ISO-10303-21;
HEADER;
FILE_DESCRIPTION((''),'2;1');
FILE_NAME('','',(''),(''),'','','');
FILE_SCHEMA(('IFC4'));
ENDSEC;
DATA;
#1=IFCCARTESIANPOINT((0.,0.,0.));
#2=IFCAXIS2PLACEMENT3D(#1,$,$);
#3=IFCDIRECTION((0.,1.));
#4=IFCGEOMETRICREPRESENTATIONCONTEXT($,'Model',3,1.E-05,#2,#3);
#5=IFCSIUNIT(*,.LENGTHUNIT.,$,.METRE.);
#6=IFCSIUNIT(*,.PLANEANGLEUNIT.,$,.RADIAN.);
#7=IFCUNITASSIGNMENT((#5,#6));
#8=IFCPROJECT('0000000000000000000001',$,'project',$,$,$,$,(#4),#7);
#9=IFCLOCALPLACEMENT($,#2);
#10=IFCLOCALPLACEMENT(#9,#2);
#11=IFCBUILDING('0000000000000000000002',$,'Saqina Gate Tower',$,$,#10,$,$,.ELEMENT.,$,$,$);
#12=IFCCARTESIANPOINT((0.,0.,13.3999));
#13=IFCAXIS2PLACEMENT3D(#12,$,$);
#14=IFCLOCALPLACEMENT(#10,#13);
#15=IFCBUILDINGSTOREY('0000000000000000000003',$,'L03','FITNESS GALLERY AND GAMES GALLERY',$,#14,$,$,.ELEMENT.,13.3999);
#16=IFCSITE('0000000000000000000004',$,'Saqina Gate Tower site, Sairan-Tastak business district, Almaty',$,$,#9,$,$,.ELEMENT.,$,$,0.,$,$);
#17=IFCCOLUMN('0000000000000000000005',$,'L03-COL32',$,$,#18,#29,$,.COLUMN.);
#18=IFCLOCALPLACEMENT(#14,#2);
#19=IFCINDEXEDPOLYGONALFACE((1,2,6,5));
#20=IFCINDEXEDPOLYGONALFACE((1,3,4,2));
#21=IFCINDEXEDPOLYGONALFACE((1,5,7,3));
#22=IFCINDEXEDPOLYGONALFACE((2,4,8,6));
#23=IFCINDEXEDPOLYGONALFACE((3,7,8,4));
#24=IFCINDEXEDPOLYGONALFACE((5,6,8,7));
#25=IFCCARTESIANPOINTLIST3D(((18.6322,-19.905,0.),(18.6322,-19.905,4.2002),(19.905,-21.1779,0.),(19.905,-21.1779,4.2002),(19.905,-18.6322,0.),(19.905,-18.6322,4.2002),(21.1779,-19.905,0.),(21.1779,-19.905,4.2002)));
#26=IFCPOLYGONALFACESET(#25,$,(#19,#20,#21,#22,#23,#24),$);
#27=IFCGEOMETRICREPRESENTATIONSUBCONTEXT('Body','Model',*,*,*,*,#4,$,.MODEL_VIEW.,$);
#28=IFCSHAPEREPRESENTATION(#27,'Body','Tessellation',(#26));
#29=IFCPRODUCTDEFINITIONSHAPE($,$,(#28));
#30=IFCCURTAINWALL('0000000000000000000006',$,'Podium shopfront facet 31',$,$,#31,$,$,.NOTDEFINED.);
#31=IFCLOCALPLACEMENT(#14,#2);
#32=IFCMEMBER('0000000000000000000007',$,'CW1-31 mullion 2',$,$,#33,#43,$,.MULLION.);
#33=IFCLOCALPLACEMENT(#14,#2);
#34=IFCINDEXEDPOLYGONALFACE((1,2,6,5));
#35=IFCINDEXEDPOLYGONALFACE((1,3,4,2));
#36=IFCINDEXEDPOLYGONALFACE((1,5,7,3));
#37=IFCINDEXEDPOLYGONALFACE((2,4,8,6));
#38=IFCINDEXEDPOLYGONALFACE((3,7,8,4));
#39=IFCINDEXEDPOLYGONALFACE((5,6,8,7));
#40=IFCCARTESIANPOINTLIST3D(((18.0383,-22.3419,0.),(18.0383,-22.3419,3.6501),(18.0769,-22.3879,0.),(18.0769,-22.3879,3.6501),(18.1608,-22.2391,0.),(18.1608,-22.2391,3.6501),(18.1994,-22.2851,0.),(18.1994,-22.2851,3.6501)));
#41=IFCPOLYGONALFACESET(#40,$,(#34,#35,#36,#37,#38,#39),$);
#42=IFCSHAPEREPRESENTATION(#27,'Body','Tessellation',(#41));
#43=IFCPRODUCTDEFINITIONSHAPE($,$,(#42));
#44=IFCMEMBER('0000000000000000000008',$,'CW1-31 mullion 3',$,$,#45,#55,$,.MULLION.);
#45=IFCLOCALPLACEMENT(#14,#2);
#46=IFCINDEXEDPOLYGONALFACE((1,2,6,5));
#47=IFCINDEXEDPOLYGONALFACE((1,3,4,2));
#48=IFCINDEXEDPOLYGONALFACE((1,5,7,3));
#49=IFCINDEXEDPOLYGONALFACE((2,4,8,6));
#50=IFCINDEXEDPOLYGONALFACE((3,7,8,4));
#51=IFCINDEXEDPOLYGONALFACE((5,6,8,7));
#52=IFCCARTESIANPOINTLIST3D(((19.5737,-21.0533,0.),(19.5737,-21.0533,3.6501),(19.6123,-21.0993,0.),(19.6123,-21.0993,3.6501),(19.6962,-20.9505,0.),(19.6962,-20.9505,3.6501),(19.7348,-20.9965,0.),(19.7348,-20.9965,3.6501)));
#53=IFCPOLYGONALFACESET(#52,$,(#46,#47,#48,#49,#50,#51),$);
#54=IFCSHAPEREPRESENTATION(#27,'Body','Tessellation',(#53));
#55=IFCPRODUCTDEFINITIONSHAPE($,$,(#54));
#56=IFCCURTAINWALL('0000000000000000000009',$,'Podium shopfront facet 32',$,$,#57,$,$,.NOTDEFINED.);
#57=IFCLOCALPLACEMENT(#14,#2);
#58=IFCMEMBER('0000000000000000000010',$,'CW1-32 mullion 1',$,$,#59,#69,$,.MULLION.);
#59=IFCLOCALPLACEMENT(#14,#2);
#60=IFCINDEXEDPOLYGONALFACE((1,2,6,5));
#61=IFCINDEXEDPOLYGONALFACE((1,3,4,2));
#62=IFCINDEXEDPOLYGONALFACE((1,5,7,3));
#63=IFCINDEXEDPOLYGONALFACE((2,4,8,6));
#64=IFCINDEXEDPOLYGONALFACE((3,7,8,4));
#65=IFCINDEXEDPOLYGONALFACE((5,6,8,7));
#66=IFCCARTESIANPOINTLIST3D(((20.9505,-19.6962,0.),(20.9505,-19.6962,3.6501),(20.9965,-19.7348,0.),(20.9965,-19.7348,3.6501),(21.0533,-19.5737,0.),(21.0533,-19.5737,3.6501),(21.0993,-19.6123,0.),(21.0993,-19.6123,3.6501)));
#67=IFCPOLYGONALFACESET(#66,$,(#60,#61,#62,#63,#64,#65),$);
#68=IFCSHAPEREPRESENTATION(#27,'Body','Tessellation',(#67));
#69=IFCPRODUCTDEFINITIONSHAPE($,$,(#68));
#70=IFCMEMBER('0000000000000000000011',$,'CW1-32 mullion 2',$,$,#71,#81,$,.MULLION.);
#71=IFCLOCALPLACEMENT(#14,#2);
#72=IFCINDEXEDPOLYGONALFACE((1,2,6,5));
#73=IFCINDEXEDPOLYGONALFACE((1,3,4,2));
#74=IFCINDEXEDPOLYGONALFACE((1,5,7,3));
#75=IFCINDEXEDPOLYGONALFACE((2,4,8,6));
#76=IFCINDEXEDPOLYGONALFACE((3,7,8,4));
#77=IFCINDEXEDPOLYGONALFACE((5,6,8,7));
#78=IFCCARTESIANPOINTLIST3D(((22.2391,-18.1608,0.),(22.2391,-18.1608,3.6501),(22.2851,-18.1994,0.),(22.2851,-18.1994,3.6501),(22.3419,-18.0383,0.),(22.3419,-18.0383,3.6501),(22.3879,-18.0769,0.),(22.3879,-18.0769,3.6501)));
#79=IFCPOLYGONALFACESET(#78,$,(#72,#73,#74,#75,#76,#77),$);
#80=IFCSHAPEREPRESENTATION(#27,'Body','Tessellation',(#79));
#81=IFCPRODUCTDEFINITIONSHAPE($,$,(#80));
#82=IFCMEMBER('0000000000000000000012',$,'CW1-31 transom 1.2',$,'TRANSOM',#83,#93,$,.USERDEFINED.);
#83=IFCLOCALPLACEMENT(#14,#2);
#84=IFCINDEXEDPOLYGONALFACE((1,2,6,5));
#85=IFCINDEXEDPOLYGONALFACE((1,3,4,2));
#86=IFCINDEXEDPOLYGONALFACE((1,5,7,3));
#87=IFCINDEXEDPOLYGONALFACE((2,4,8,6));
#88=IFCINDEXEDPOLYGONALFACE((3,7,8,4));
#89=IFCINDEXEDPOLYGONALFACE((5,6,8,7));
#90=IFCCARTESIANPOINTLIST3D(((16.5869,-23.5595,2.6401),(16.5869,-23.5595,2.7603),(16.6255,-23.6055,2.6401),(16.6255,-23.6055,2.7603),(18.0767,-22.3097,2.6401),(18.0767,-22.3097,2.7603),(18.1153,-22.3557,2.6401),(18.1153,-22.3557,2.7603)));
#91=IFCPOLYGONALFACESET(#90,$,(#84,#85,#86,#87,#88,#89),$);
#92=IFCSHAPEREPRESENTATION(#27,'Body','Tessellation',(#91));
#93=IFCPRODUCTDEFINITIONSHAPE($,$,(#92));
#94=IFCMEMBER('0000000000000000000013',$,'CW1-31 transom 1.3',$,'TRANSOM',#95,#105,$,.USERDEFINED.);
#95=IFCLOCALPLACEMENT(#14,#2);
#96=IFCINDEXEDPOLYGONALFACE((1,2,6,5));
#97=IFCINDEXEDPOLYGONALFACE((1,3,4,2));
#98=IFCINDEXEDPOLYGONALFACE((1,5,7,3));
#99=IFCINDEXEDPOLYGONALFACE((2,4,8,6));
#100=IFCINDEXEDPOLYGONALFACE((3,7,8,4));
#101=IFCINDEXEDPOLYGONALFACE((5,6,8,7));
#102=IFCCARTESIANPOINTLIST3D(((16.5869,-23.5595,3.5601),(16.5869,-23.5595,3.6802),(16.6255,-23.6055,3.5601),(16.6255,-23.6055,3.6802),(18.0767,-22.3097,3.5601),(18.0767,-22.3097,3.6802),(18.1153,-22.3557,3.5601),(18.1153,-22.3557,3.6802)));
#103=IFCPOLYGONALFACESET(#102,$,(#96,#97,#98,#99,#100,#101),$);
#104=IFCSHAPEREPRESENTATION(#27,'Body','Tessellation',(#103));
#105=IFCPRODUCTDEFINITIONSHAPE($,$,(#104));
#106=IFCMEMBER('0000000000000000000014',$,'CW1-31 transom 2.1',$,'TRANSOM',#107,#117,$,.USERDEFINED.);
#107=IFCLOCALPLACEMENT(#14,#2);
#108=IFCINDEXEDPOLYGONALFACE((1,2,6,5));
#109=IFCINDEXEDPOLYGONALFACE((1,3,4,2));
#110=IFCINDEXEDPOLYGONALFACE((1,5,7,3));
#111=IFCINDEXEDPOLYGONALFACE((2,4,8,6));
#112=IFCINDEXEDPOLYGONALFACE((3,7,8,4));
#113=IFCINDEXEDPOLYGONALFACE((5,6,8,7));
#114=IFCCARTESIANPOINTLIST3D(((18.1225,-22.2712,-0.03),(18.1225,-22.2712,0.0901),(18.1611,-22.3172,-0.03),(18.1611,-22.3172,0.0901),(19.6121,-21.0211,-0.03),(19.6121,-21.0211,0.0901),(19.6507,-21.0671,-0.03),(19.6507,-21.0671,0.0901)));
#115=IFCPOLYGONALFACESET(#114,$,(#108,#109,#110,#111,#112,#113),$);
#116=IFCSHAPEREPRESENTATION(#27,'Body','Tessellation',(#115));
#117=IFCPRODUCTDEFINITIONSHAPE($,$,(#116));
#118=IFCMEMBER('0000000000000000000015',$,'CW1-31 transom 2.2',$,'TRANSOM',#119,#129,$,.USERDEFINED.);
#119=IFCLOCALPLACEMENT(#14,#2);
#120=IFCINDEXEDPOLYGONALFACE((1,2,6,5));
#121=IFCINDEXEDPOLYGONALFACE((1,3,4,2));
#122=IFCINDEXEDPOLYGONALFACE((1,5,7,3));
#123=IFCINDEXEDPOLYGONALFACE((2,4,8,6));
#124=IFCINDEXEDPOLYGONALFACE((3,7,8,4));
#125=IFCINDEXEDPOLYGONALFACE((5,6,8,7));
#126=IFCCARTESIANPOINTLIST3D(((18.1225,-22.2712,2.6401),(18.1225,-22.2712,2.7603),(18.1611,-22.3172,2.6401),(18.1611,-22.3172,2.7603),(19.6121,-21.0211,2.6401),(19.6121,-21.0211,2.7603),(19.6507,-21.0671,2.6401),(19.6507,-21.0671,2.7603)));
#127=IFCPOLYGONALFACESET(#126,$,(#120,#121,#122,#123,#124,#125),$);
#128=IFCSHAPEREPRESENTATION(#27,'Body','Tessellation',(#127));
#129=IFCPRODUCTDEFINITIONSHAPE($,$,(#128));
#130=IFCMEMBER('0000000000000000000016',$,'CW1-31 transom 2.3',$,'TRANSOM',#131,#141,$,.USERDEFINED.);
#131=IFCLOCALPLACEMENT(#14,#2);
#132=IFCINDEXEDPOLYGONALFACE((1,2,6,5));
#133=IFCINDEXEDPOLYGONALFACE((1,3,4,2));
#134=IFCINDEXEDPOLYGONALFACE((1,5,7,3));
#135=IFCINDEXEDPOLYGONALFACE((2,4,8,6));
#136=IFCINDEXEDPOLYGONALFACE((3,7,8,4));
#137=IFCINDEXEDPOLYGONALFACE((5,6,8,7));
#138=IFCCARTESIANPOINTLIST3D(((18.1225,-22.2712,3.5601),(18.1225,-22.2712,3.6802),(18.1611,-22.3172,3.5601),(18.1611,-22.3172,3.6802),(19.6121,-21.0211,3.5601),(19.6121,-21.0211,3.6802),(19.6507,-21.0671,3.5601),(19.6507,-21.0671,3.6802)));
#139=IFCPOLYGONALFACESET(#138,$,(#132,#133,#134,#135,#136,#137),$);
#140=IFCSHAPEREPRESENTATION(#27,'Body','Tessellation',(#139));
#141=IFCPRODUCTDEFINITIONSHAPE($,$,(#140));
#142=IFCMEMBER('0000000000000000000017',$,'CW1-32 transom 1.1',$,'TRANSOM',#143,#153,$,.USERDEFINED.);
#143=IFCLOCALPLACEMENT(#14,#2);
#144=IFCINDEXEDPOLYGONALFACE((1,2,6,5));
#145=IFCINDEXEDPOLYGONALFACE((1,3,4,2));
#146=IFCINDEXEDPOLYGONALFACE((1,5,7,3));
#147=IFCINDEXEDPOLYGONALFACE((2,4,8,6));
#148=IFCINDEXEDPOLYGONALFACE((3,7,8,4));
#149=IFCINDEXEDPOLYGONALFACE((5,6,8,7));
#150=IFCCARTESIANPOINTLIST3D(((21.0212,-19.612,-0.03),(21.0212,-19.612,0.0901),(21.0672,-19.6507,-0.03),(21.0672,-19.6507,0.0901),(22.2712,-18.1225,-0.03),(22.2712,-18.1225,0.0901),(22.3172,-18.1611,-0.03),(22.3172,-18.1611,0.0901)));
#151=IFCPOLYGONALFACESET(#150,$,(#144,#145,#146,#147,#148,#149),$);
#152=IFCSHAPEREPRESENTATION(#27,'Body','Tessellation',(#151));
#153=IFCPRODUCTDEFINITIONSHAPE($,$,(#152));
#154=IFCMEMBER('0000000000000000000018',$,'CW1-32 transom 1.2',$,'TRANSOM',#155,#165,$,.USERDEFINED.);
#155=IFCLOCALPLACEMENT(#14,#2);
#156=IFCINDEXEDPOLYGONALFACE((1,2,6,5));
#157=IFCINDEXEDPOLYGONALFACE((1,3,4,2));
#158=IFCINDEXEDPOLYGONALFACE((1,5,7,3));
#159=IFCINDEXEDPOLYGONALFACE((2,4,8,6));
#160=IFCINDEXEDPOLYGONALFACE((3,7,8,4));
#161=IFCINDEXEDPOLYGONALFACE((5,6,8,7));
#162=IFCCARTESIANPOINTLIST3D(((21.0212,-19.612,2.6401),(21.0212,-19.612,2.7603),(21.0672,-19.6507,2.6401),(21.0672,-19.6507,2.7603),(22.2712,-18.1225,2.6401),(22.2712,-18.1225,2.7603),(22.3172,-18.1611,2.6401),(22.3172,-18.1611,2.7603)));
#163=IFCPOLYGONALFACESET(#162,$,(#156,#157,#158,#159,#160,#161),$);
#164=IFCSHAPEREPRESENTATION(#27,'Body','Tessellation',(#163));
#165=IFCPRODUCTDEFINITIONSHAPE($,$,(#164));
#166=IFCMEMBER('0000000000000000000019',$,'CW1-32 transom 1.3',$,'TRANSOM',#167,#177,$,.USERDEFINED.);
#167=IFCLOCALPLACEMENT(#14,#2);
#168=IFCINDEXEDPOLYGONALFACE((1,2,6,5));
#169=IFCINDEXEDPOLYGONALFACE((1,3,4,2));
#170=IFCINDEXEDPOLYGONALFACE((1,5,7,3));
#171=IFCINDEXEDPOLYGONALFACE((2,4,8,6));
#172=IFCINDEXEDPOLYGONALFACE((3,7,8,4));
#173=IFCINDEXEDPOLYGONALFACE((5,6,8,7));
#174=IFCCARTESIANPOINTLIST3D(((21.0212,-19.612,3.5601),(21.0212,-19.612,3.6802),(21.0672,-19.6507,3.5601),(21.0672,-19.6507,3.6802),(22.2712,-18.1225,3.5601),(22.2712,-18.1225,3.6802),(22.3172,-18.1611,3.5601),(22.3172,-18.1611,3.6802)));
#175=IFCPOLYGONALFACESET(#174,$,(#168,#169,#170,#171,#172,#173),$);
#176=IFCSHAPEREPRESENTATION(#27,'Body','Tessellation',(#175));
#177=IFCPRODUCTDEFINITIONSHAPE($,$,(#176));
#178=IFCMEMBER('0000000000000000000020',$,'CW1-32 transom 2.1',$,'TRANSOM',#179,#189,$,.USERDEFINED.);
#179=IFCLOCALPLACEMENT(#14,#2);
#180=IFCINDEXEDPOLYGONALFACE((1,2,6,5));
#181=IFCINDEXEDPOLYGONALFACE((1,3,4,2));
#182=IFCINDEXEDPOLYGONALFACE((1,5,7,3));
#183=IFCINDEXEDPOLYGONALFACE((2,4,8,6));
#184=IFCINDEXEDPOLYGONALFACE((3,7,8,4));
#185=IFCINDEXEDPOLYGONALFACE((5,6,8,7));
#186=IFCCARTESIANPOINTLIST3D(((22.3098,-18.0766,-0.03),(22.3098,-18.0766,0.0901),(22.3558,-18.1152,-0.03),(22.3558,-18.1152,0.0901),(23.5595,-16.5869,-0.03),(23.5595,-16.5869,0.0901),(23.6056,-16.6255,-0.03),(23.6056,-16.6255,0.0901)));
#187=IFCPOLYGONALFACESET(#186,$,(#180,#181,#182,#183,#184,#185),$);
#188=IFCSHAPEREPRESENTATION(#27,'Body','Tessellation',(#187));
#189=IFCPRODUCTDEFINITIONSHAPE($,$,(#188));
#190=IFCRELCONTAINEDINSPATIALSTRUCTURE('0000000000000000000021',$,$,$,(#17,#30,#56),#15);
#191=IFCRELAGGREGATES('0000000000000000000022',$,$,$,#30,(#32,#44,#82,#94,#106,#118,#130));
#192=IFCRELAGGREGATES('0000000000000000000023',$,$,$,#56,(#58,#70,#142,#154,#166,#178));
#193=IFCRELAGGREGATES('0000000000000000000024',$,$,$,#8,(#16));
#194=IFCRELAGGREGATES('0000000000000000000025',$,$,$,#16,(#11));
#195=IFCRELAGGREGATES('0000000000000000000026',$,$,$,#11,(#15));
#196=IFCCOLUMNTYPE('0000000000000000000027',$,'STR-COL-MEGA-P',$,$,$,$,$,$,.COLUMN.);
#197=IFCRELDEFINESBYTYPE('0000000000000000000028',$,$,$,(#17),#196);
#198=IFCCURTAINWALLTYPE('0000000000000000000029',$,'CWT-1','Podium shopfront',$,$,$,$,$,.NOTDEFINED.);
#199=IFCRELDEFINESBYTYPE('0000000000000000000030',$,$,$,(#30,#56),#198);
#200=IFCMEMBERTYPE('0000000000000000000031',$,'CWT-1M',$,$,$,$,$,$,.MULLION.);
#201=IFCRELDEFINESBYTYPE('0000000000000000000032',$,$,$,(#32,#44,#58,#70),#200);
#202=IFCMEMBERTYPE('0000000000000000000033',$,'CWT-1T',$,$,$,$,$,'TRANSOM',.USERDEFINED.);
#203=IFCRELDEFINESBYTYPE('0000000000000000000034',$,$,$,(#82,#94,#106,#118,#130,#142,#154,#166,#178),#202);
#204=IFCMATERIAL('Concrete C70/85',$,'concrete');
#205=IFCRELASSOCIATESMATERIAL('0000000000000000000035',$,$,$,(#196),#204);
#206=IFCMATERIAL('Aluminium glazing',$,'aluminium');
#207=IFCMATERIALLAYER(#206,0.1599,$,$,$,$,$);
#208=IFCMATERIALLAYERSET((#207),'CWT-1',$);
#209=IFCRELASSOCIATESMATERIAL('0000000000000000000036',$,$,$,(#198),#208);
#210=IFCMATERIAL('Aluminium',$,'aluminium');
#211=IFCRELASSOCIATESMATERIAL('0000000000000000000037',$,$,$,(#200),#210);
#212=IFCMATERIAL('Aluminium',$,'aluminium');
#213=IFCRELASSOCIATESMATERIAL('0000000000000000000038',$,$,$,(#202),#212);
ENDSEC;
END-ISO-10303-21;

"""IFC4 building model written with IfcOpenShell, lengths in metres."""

from ifc_helpers import new_model, si_unit, direction, frame, origin, origin_2d, place, context, subcontext, project, spatial, rectangle, extrude, material, layer, layer_set, material_profile, profile_set, type_object, element, aggregate, save


model = new_model("IFC4")

# Units and contexts
model_context = context("Model", 3, precision=1e-05, world=origin(), true_north=direction((0.0, 1.0)))
body_context = subcontext(model_context, "Body", "Model", "MODEL_VIEW")
ifc_project = project(units=[si_unit("LENGTHUNIT", "METRE"), si_unit("PLANEANGLEUNIT", "RADIAN")], contexts=[model_context])

# Site, building, storey
site_placement = place(None, origin())
site = spatial("IfcSite", under=ifc_project, at=site_placement, Name="Saqina Gate Tower site, Sairan-Tastak business district, Almaty", CompositionType="ELEMENT", RefElevation=0.0)
building_placement = place(site_placement, origin())
building = spatial("IfcBuilding", under=site, at=building_placement, Name="Saqina Gate Tower", CompositionType="ELEMENT")
storey_placement = place(building_placement, frame((0.0, 0.0, 13.3999)))
storey = spatial("IfcBuildingStorey", under=building, at=storey_placement, Name="L03", Description="FITNESS GALLERY AND GAMES GALLERY", CompositionType="ELEMENT", Elevation=13.3999)

# Column
ifc_material_1 = material(Name="Concrete C70/85", Category="concrete")
ifc_material_profile_1 = material_profile(ifc_material_1, rectangle(XDim=1.8, YDim=1.8, at=origin_2d()), Name="RC 1800x1800")
ifc_profile_set_1 = profile_set([ifc_material_profile_1], Name="Concrete C70/85")
column_type = type_object("IfcColumnType", Name="STR-COL-MEGA-P", PredefinedType="COLUMN", material=ifc_profile_set_1)
column_placement = place(storey_placement, frame((19.905, -19.905, 0.0), z_axis=(0.0, 0.0, 1.0), x_axis=(0.707107, -0.707107, 0.0)))
element("IfcColumn", 1, at=column_placement, inside=storey, type_object=column_type, Name="L03-COL32", PredefinedType="COLUMN", context=body_context, shape_type="SweptSolid", body=[
    extrude(rectangle(XDim=1.8, YDim=1.8, at=origin_2d()), origin(), (0.0, 0.0, 1.0), 4.2002),
])

# Curtain walls, members
ifc_material_2 = material(Name="Aluminium glazing", Category="aluminium")
ifc_layer_1 = layer(ifc_material_2, 0.1599)
ifc_layer_set_1 = layer_set([ifc_layer_1], Name="CWT-1")
curtain_wall_type = type_object("IfcCurtainWallType", Name="CWT-1", Description="Podium shopfront", PredefinedType="NOTDEFINED", material=ifc_layer_set_1)
curtain_wall_1_placement = place(storey_placement, origin())
curtain_wall_1 = element("IfcCurtainWall", 2, at=curtain_wall_1_placement, inside=storey, type_object=curtain_wall_type, Name="Podium shopfront facet 31", PredefinedType="NOTDEFINED")
ifc_material_3 = material(Name="Aluminium", Category="aluminium")
ifc_material_profile_2 = material_profile(ifc_material_3, rectangle(XDim=0.0601, YDim=0.1599, at=origin_2d()), Name="Aluminium 60x160")
ifc_profile_set_2 = profile_set([ifc_material_profile_2], Name="Aluminium")
member_type_1 = type_object("IfcMemberType", Name="CWT-1M", PredefinedType="MULLION", material=ifc_profile_set_2)
member_1_placement = place(storey_placement, frame((18.1189, -22.3135, 0.0), z_axis=(0.0, 0.0, 1.0), x_axis=(-0.642779, 0.766051, 0.0)))
member_1 = element("IfcMember", 3, at=member_1_placement, type_object=member_type_1, Name="CW1-31 mullion 2", PredefinedType="MULLION", context=body_context, shape_type="SweptSolid", body=[
    extrude(rectangle(XDim=0.0601, YDim=0.1599, at=origin_2d()), origin(), (0.0, 0.0, 1.0), 3.6501),
])
member_2_placement = place(storey_placement, frame((19.6543, -21.0249, 0.0), z_axis=(0.0, 0.0, 1.0), x_axis=(-0.642779, 0.766051, 0.0)))
member_2 = element("IfcMember", 4, at=member_2_placement, type_object=member_type_1, Name="CW1-31 mullion 3", PredefinedType="MULLION", context=body_context, shape_type="SweptSolid", body=[
    extrude(rectangle(XDim=0.0601, YDim=0.1599, at=origin_2d()), origin(), (0.0, 0.0, 1.0), 3.6501),
])
curtain_wall_2_placement = place(storey_placement, origin())
curtain_wall_2 = element("IfcCurtainWall", 5, at=curtain_wall_2_placement, inside=storey, type_object=curtain_wall_type, Name="Podium shopfront facet 32", PredefinedType="NOTDEFINED")
member_3_placement = place(storey_placement, frame((21.0249, -19.6543, 0.0), z_axis=(0.0, 0.0, 1.0), x_axis=(-0.766051, 0.642779, 0.0)))
member_3 = element("IfcMember", 6, at=member_3_placement, type_object=member_type_1, Name="CW1-32 mullion 1", PredefinedType="MULLION", context=body_context, shape_type="SweptSolid", body=[
    extrude(rectangle(XDim=0.0601, YDim=0.1599, at=origin_2d()), origin(), (0.0, 0.0, 1.0), 3.6501),
])
member_4_placement = place(storey_placement, frame((22.3135, -18.1189, 0.0), z_axis=(0.0, 0.0, 1.0), x_axis=(-0.766051, 0.642779, 0.0)))
member_4 = element("IfcMember", 7, at=member_4_placement, type_object=member_type_1, Name="CW1-32 mullion 2", PredefinedType="MULLION", context=body_context, shape_type="SweptSolid", body=[
    extrude(rectangle(XDim=0.0601, YDim=0.1599, at=origin_2d()), origin(), (0.0, 0.0, 1.0), 3.6501),
])

# Members
ifc_material_4 = material(Name="Aluminium", Category="aluminium")
ifc_material_profile_3 = material_profile(ifc_material_4, rectangle(XDim=0.0601, YDim=0.1201, at=origin_2d()), Name="Aluminium 60x120")
ifc_profile_set_3 = profile_set([ifc_material_profile_3], Name="Aluminium")
member_type_2 = type_object("IfcMemberType", Name="CWT-1T", ElementType="TRANSOM", PredefinedType="USERDEFINED", material=ifc_profile_set_3)
member_5_placement = place(storey_placement, frame((16.6062, -23.5825, 2.7002), z_axis=(0.766118, 0.6427, 0.0), x_axis=(-0.6427, 0.766118, 0.0)))
member_5 = element("IfcMember", 8, at=member_5_placement, type_object=member_type_2, Name="CW1-31 transom 1.2", ObjectType="TRANSOM", PredefinedType="USERDEFINED", context=body_context, shape_type="SweptSolid", body=[
    extrude(rectangle(XDim=0.0601, YDim=0.1201, at=origin_2d()), origin(), (0.0, 0.0, 1.0), 1.9446),
])
member_6_placement = place(storey_placement, frame((16.6062, -23.5825, 3.6201), z_axis=(0.766118, 0.6427, 0.0), x_axis=(-0.6427, 0.766118, 0.0)))
member_6 = element("IfcMember", 9, at=member_6_placement, type_object=member_type_2, Name="CW1-31 transom 1.3", ObjectType="TRANSOM", PredefinedType="USERDEFINED", context=body_context, shape_type="SweptSolid", body=[
    extrude(rectangle(XDim=0.0601, YDim=0.1201, at=origin_2d()), origin(), (0.0, 0.0, 1.0), 1.9446),
])
member_7_placement = place(storey_placement, frame((18.1418, -22.2942, 0.03), z_axis=(0.766004, 0.642836, 0.0), x_axis=(-0.642836, 0.766004, 0.0)))
member_7 = element("IfcMember", 10, at=member_7_placement, type_object=member_type_2, Name="CW1-31 transom 2.1", ObjectType="TRANSOM", PredefinedType="USERDEFINED", context=body_context, shape_type="SweptSolid", body=[
    extrude(rectangle(XDim=0.0601, YDim=0.1201, at=origin_2d()), origin(), (0.0, 0.0, 1.0), 1.9446),
])
member_8_placement = place(storey_placement, frame((18.1418, -22.2942, 2.7002), z_axis=(0.766004, 0.642836, 0.0), x_axis=(-0.642836, 0.766004, 0.0)))
member_8 = element("IfcMember", 11, at=member_8_placement, type_object=member_type_2, Name="CW1-31 transom 2.2", ObjectType="TRANSOM", PredefinedType="USERDEFINED", context=body_context, shape_type="SweptSolid", body=[
    extrude(rectangle(XDim=0.0601, YDim=0.1201, at=origin_2d()), origin(), (0.0, 0.0, 1.0), 1.9446),
])
member_9_placement = place(storey_placement, frame((18.1418, -22.2942, 3.6201), z_axis=(0.766004, 0.642836, 0.0), x_axis=(-0.642836, 0.766004, 0.0)))
member_9 = element("IfcMember", 12, at=member_9_placement, type_object=member_type_2, Name="CW1-31 transom 2.3", ObjectType="TRANSOM", PredefinedType="USERDEFINED", context=body_context, shape_type="SweptSolid", body=[
    extrude(rectangle(XDim=0.0601, YDim=0.1201, at=origin_2d()), origin(), (0.0, 0.0, 1.0), 1.9446),
])
member_10_placement = place(storey_placement, frame((21.0442, -19.6313, 0.03), z_axis=(0.642836, 0.766004, 0.0), x_axis=(-0.766004, 0.642836, 0.0)))
member_10 = element("IfcMember", 13, at=member_10_placement, type_object=member_type_2, Name="CW1-32 transom 1.1", ObjectType="TRANSOM", PredefinedType="USERDEFINED", context=body_context, shape_type="SweptSolid", body=[
    extrude(rectangle(XDim=0.0601, YDim=0.1201, at=origin_2d()), origin(), (0.0, 0.0, 1.0), 1.9446),
])
member_11_placement = place(storey_placement, frame((21.0442, -19.6313, 2.7002), z_axis=(0.642836, 0.766004, 0.0), x_axis=(-0.766004, 0.642836, 0.0)))
member_11 = element("IfcMember", 14, at=member_11_placement, type_object=member_type_2, Name="CW1-32 transom 1.2", ObjectType="TRANSOM", PredefinedType="USERDEFINED", context=body_context, shape_type="SweptSolid", body=[
    extrude(rectangle(XDim=0.0601, YDim=0.1201, at=origin_2d()), origin(), (0.0, 0.0, 1.0), 1.9446),
])
member_12_placement = place(storey_placement, frame((21.0442, -19.6313, 3.6201), z_axis=(0.642836, 0.766004, 0.0), x_axis=(-0.766004, 0.642836, 0.0)))
member_12 = element("IfcMember", 15, at=member_12_placement, type_object=member_type_2, Name="CW1-32 transom 1.3", ObjectType="TRANSOM", PredefinedType="USERDEFINED", context=body_context, shape_type="SweptSolid", body=[
    extrude(rectangle(XDim=0.0601, YDim=0.1201, at=origin_2d()), origin(), (0.0, 0.0, 1.0), 1.9446),
])
member_13_placement = place(storey_placement, frame((22.3328, -18.0959, 0.03), z_axis=(0.6427, 0.766118, 0.0), x_axis=(-0.766118, 0.6427, 0.0)))
member_13 = element("IfcMember", 16, at=member_13_placement, type_object=member_type_2, Name="CW1-32 transom 2.1", ObjectType="TRANSOM", PredefinedType="USERDEFINED", context=body_context, shape_type="SweptSolid", body=[
    extrude(rectangle(XDim=0.0601, YDim=0.1201, at=origin_2d()), origin(), (0.0, 0.0, 1.0), 1.9446),
])

aggregate(curtain_wall_1, [member_1, member_2, member_5, member_6, member_7, member_8, member_9])
aggregate(curtain_wall_2, [member_3, member_4, member_10, member_11, member_12, member_13])

save(model, "model.ifc")
